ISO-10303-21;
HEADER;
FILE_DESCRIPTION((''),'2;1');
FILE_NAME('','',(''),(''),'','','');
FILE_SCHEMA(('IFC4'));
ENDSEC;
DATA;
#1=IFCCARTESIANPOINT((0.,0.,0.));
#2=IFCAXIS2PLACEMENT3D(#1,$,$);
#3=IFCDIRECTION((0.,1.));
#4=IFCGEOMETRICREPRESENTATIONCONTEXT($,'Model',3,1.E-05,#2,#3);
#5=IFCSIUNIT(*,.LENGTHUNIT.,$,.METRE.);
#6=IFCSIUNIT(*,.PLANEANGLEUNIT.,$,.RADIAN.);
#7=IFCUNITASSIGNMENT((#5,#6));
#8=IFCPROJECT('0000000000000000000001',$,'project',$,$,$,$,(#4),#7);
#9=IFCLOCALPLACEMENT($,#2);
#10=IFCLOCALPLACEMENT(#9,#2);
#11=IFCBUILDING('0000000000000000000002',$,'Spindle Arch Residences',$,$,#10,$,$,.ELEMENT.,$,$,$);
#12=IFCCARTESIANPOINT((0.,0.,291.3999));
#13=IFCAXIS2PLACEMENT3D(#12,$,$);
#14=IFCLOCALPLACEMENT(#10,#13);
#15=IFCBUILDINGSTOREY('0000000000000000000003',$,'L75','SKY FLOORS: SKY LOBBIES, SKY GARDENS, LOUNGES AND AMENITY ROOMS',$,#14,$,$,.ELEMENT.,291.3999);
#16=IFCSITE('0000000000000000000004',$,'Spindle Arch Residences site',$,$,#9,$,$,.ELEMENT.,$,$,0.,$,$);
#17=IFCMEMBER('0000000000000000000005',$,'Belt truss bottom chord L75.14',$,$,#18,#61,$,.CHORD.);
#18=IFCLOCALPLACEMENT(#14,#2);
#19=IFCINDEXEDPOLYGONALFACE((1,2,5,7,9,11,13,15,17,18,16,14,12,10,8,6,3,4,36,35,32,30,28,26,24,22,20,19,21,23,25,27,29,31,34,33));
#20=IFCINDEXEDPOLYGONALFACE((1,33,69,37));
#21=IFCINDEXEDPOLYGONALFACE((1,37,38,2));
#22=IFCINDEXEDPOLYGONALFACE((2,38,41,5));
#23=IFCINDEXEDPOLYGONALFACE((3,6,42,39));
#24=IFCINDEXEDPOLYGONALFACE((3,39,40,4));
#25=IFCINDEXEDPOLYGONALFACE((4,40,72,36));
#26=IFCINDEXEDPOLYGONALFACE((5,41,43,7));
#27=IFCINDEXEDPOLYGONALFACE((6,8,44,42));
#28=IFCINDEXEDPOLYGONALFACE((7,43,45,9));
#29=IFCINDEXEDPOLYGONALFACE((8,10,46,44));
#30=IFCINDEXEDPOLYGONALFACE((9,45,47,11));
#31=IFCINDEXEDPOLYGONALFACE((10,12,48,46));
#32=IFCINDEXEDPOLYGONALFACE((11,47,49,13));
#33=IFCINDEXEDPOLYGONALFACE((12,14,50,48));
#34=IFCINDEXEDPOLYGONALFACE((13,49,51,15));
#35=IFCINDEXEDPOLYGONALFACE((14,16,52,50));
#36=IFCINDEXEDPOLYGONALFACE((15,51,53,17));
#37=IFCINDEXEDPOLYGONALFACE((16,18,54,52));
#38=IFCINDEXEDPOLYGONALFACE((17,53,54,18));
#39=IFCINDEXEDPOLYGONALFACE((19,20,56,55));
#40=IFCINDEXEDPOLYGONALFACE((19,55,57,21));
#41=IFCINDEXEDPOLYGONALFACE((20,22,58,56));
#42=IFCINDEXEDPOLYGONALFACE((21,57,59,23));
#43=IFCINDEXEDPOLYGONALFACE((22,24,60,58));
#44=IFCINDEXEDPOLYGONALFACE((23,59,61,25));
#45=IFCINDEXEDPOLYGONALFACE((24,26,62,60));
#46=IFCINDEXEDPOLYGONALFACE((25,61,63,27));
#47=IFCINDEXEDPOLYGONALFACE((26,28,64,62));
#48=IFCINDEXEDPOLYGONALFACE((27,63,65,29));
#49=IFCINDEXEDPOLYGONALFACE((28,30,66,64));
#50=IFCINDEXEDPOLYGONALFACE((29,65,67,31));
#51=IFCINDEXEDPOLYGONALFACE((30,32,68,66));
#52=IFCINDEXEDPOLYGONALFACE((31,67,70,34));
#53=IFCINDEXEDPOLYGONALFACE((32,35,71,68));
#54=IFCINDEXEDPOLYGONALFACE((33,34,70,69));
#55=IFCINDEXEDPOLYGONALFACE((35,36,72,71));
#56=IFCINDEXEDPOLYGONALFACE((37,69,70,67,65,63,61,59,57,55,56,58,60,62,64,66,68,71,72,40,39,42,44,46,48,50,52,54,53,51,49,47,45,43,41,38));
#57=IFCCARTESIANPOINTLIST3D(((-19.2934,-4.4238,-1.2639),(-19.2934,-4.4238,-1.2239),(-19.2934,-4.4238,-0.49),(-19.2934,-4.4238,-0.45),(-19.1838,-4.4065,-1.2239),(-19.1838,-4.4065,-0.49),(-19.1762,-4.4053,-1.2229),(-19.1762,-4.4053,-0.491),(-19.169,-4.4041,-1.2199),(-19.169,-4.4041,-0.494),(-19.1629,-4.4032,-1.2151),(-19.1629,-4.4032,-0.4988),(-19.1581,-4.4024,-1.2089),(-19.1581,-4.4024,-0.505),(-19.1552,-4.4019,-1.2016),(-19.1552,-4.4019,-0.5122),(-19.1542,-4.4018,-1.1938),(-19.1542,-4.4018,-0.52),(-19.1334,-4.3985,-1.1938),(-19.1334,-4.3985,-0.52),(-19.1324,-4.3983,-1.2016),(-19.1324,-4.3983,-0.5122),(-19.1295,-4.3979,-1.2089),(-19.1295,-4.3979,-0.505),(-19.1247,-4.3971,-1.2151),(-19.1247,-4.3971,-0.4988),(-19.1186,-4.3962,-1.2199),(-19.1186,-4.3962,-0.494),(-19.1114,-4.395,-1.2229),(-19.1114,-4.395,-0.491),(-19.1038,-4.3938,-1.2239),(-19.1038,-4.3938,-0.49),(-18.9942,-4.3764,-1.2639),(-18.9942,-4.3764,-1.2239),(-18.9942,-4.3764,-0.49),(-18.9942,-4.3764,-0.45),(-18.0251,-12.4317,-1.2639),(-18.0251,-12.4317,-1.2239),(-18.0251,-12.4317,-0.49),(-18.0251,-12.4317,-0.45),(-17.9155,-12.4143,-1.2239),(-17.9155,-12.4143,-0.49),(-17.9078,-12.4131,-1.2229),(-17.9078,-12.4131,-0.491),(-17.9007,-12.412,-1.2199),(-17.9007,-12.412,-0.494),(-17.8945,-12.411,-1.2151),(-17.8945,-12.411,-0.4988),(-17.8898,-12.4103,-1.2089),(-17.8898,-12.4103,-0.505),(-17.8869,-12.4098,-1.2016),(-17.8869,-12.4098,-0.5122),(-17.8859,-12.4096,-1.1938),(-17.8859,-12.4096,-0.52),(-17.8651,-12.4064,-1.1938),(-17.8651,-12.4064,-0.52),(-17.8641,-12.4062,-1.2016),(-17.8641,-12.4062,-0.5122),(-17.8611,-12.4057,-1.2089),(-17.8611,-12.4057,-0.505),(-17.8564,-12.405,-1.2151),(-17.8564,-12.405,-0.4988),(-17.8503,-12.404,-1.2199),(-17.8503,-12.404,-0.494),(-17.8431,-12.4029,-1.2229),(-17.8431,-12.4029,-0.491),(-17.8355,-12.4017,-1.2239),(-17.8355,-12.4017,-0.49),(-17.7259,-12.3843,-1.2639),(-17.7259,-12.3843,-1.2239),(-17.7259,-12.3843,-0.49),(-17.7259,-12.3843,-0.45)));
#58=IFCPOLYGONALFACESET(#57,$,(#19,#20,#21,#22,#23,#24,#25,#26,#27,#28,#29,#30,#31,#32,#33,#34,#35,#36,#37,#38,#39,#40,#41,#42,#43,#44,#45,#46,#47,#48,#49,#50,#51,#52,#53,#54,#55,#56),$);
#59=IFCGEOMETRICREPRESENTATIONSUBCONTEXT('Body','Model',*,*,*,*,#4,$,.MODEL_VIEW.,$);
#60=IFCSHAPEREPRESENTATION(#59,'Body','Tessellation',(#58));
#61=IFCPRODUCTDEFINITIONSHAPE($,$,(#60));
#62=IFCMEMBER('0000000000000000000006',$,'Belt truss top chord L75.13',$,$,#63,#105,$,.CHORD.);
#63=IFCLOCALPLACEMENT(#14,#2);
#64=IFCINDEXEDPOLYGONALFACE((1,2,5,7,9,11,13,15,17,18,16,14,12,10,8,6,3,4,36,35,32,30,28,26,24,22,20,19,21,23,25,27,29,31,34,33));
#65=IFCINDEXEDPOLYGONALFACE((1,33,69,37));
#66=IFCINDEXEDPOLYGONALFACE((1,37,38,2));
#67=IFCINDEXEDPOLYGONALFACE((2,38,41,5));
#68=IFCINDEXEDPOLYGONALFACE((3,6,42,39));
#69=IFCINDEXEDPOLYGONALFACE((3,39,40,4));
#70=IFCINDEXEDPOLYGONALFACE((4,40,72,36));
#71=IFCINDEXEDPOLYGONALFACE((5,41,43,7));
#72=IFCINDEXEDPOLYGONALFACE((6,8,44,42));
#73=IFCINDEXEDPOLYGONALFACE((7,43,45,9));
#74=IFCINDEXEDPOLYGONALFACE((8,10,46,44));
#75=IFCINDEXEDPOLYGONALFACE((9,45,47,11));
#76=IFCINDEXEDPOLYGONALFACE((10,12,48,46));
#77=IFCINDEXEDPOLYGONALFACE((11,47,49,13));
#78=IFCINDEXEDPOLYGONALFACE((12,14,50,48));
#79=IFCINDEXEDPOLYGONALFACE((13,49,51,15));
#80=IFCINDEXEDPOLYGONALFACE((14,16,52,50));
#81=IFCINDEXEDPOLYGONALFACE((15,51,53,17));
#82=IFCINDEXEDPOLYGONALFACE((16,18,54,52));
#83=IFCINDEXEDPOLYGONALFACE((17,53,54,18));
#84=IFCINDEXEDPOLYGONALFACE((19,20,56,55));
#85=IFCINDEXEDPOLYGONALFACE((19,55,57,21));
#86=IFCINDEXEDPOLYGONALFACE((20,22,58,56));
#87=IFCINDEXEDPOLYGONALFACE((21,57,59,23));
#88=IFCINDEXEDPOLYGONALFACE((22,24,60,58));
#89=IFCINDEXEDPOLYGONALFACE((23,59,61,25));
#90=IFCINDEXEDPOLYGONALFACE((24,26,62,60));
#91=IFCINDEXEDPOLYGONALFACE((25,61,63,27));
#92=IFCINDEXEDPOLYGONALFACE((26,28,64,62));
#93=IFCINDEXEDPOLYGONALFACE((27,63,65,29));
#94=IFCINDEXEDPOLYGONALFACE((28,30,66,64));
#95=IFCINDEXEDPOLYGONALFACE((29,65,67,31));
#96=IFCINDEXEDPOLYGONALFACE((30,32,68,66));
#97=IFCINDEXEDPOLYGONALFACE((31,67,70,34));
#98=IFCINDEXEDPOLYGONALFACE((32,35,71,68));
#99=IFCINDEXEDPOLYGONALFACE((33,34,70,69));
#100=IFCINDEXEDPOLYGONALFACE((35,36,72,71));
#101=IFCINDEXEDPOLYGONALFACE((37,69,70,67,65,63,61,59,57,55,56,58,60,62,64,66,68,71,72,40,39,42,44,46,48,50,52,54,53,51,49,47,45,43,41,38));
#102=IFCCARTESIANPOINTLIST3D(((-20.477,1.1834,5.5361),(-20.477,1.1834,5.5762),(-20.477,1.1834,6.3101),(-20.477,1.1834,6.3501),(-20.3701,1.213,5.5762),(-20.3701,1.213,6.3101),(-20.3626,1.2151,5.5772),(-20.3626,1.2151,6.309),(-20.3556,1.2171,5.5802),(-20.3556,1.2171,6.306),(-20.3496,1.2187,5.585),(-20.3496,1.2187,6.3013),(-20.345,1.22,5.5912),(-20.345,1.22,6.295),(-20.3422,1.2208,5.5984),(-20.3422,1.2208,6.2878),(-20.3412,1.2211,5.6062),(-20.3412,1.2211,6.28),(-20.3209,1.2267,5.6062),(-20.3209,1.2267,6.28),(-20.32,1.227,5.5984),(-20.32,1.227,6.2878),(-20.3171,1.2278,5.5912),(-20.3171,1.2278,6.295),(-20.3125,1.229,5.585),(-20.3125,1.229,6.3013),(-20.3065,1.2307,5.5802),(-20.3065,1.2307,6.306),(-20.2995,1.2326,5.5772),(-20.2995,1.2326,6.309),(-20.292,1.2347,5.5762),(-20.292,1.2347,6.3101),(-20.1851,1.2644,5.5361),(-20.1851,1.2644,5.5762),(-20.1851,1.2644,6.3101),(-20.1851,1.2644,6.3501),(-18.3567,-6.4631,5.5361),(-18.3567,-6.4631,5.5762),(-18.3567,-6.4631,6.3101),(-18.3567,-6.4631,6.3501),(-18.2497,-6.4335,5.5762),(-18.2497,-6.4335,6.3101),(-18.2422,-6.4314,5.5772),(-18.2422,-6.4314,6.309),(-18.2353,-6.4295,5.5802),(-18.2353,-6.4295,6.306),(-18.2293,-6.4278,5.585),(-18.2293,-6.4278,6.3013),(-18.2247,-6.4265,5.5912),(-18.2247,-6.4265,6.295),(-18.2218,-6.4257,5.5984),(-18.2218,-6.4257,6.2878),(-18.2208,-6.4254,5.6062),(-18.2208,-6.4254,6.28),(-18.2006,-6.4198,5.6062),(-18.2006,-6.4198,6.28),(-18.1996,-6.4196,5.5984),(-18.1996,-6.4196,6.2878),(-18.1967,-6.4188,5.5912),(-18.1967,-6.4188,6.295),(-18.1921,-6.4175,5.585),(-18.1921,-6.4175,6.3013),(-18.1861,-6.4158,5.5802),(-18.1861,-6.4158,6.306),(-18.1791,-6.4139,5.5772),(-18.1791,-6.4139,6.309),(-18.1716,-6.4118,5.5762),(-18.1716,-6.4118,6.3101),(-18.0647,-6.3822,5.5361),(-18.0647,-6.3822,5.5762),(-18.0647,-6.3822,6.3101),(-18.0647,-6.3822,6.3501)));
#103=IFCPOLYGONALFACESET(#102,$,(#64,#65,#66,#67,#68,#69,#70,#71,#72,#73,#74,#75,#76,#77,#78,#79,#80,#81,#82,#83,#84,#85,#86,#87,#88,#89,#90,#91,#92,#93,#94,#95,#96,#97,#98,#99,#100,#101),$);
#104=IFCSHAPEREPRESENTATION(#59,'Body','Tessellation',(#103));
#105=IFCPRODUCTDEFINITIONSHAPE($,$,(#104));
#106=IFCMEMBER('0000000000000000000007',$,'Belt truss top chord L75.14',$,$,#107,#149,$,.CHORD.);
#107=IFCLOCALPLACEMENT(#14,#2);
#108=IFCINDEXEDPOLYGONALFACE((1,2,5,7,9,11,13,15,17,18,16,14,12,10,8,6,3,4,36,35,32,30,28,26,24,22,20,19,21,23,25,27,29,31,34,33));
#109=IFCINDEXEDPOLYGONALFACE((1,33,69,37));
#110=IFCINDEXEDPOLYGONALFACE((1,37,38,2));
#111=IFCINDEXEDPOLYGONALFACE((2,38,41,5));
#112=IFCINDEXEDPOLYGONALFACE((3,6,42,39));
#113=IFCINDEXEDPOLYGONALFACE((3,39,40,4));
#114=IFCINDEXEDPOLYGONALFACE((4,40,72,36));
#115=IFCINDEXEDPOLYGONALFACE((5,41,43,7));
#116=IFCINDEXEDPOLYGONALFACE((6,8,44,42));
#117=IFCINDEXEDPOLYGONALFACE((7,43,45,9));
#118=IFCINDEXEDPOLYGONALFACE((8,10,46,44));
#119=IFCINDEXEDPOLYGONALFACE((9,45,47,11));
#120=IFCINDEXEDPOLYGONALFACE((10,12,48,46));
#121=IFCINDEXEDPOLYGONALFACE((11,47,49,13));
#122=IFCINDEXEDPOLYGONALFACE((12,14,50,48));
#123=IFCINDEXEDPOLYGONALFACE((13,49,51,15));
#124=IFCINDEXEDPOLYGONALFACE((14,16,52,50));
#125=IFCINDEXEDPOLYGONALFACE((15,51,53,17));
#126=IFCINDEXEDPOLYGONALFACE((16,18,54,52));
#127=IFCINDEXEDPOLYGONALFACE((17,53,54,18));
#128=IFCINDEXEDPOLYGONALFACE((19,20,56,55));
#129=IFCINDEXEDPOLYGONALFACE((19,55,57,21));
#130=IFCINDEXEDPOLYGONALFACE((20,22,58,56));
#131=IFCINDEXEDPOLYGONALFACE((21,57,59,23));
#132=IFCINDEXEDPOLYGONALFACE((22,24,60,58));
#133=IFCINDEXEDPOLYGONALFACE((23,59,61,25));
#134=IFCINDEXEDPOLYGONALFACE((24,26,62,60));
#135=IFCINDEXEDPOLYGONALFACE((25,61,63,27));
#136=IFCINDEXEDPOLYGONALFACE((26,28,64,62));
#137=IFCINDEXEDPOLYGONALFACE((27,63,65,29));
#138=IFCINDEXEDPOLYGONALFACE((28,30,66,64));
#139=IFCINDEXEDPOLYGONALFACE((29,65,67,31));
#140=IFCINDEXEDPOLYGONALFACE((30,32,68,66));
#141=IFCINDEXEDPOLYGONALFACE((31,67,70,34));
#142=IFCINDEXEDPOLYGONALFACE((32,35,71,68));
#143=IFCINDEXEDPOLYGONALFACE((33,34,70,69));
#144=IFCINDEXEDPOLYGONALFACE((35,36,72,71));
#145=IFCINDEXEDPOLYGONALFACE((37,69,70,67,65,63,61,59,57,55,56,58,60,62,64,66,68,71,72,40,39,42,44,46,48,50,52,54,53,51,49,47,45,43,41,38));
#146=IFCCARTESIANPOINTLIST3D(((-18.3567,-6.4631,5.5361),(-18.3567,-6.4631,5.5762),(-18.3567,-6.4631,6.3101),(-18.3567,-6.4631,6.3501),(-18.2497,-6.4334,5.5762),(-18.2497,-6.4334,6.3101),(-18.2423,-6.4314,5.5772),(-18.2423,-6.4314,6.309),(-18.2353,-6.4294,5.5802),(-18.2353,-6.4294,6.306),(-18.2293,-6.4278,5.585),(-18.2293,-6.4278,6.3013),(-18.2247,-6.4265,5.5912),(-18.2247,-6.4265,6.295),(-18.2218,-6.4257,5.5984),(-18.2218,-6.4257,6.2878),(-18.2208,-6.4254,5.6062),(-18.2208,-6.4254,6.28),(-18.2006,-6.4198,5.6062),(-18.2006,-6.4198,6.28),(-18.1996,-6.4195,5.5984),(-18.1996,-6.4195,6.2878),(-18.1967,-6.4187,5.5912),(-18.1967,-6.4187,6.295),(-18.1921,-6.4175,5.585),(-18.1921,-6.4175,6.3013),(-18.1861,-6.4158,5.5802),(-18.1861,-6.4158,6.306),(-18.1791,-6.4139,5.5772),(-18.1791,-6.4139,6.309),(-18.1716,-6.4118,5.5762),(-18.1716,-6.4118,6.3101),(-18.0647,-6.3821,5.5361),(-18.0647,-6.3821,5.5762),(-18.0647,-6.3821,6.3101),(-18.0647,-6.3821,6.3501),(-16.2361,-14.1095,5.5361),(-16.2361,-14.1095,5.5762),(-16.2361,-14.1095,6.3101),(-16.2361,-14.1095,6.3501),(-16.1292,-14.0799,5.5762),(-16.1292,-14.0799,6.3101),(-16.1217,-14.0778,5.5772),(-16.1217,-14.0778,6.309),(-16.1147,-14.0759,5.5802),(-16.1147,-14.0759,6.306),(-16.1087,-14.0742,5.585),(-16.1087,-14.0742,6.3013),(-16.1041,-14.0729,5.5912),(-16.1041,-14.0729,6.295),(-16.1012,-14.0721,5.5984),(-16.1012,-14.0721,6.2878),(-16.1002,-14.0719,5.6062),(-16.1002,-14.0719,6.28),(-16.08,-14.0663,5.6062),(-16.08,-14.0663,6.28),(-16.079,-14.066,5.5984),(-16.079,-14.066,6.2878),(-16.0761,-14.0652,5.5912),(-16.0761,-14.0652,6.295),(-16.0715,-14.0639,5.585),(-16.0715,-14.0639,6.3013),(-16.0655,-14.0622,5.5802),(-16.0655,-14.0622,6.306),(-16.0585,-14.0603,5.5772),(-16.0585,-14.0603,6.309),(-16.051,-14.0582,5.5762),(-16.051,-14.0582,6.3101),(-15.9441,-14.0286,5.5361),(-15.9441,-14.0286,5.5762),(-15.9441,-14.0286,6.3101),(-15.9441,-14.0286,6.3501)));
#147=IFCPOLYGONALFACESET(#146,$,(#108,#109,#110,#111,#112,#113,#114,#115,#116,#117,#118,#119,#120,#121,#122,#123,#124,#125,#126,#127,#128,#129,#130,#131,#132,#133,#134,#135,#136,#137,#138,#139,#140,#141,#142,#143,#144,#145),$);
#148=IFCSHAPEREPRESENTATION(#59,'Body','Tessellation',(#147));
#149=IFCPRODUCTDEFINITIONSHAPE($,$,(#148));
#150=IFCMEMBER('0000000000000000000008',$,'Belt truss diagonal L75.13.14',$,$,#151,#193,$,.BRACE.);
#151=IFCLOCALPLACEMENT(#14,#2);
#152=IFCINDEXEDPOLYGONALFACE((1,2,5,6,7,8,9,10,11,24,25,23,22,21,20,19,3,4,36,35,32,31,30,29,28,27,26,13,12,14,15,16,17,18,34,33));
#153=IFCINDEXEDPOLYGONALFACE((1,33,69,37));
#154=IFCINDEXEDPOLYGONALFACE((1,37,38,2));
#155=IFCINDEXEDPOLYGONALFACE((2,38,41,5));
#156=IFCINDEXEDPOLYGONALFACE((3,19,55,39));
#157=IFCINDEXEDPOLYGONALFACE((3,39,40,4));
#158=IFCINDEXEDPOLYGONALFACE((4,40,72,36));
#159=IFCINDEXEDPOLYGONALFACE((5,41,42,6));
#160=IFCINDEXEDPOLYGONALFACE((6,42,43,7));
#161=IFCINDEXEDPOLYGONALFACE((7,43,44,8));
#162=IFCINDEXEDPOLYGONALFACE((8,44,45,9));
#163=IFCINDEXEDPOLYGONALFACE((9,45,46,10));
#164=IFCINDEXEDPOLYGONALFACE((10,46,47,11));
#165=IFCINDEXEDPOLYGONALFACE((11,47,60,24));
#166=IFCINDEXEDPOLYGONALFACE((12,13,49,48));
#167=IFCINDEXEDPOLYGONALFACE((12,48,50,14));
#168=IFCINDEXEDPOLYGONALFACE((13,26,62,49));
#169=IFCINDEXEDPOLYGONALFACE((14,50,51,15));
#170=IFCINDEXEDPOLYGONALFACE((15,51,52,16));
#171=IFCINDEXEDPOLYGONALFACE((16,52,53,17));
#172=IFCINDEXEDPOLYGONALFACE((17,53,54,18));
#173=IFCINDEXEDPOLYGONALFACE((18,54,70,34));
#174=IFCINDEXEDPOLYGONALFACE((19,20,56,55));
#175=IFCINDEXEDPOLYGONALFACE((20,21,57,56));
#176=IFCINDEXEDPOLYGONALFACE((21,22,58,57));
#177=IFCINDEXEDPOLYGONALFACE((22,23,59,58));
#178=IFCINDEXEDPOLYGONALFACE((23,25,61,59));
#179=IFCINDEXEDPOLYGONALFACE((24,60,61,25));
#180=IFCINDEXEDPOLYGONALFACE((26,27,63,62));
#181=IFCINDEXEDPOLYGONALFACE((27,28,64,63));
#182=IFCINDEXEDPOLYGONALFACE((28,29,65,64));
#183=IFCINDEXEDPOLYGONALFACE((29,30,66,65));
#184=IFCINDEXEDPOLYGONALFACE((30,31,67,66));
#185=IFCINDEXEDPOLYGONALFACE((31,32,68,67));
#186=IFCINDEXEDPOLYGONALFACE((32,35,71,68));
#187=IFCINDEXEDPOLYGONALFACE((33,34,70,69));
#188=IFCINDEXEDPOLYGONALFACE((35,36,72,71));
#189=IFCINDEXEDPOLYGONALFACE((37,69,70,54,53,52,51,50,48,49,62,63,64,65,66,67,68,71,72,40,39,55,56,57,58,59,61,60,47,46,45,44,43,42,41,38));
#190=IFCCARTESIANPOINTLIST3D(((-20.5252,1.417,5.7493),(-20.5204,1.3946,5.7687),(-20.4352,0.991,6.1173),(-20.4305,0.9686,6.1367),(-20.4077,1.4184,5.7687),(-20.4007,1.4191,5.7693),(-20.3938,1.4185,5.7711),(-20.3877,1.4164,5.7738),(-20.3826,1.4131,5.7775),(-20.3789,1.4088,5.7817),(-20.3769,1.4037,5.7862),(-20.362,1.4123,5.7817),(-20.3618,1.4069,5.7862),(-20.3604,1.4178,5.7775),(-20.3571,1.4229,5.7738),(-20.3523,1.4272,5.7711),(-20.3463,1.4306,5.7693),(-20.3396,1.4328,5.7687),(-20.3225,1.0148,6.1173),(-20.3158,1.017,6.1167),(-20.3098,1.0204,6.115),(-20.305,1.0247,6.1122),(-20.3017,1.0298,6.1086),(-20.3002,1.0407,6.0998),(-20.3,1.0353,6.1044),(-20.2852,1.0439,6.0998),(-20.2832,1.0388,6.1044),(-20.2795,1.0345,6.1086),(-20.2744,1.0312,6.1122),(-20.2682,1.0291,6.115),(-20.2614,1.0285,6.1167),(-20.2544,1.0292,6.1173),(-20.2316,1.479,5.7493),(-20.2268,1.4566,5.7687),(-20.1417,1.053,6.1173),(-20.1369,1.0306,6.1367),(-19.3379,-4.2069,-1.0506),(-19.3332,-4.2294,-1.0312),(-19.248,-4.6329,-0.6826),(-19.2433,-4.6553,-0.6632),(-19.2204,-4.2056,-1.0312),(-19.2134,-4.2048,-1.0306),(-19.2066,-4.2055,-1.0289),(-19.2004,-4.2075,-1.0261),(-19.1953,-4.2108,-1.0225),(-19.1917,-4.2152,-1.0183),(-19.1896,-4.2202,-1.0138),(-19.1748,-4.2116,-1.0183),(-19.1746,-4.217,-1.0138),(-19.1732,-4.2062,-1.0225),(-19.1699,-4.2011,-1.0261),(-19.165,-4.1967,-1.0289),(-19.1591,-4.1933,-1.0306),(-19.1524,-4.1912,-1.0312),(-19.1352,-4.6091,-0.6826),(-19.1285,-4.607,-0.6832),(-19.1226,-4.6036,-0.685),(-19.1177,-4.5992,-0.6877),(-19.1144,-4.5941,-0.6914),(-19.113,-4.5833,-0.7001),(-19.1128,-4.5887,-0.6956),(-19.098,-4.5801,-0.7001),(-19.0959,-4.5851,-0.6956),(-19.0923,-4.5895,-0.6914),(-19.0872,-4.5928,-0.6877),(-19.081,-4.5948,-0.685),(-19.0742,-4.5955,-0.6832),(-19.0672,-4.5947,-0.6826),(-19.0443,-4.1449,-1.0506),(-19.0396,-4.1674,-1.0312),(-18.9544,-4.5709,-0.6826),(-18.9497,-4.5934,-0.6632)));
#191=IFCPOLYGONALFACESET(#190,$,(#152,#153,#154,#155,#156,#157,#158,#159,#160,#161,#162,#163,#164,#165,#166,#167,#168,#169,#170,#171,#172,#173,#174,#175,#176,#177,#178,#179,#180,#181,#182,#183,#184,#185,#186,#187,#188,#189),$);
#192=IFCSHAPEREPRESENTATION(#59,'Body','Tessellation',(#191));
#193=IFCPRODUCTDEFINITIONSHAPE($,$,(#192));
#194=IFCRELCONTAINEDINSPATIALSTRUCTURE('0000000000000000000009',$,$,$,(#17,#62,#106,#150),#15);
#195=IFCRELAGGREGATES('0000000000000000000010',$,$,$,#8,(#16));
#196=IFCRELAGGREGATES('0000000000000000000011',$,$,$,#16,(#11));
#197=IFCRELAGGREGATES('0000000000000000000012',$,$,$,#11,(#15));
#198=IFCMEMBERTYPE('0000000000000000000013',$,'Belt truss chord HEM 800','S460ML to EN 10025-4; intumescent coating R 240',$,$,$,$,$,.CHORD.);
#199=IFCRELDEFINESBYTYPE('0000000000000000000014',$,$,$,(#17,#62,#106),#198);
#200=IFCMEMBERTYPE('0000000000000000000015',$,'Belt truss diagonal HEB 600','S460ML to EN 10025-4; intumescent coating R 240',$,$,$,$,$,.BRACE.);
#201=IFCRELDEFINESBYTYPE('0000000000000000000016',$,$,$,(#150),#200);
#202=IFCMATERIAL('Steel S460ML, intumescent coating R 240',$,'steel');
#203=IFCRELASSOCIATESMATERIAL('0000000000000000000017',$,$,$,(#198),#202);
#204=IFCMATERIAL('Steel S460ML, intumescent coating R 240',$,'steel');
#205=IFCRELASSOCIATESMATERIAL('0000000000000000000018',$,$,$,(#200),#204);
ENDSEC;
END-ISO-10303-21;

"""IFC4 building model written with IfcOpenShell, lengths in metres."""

from ifc_helpers import new_model, si_unit, direction, frame, origin, origin_2d, place, context, subcontext, project, spatial, i_section, extrude, material, material_profile, profile_set, type_object, element, save


model = new_model("IFC4")

# Units and contexts
model_context = context("Model", 3, precision=1e-05, world=origin(), true_north=direction((0.0, 1.0)))
body_context = subcontext(model_context, "Body", "Model", "MODEL_VIEW")
ifc_project = project(units=[si_unit("LENGTHUNIT", "METRE"), si_unit("PLANEANGLEUNIT", "RADIAN")], contexts=[model_context])

# Site, building, storey
site_placement = place(None, origin())
site = spatial("IfcSite", under=ifc_project, at=site_placement, Name="Spindle Arch Residences site", CompositionType="ELEMENT", RefElevation=0.0)
building_placement = place(site_placement, origin())
building = spatial("IfcBuilding", under=site, at=building_placement, Name="Spindle Arch Residences", CompositionType="ELEMENT")
storey_placement = place(building_placement, frame((0.0, 0.0, 291.3999)))
storey = spatial("IfcBuildingStorey", under=building, at=storey_placement, Name="L75", Description="SKY FLOORS: SKY LOBBIES, SKY GARDENS, LOUNGES AND AMENITY ROOMS", CompositionType="ELEMENT", Elevation=291.3999)

# Members
ifc_material_1 = material(Name="Steel S460ML, intumescent coating R 240", Category="steel")
ifc_material_profile_1 = material_profile(ifc_material_1, i_section(OverallWidth=0.303, OverallDepth=0.814, WebThickness=0.021, FlangeThickness=0.04, FilletRadius=0.03, at=origin_2d()), Name="HEM 800")
ifc_profile_set_1 = profile_set([ifc_material_profile_1], Name="Steel S460ML, intumescent coating R 240")
member_type_1 = type_object("IfcMemberType", Name="Belt truss chord HEM 800", Description="S460ML to EN 10025-4; intumescent coating R 240", PredefinedType="CHORD", material=ifc_profile_set_1)
member_1_placement = place(storey_placement, frame((-19.1438, -4.4001, -0.8569), z_axis=(0.156434, -0.987688, 0.0), x_axis=(0.987688, 0.156434, 0.0)))
element("IfcMember", 1, at=member_1_placement, inside=storey, type_object=member_type_1, Name="Belt truss bottom chord L75.14", PredefinedType="CHORD", context=body_context, shape_type="SweptSolid", body=[
    extrude(i_section(OverallWidth=0.303, OverallDepth=0.814, WebThickness=0.021, FlangeThickness=0.04, FilletRadius=0.03, at=origin_2d()), origin(), (0.0, 0.0, 1.0), 8.1077),
])
for number, where, z_axis, x_axis, name in (
    (2, (-20.3311, 1.2239, 5.9431), (0.267215, -0.963637, 0.0), (0.963637, 0.267215, 0.0), "Belt truss top chord L75.13"),
    (3, (-18.2107, -6.4226, 5.9431), (0.267244, -0.963629, 0.0), (0.963629, 0.267244, 0.0), "Belt truss top chord L75.14"),
):
    element("IfcMember", number, at=place(storey_placement, frame(where, z_axis=z_axis, x_axis=x_axis)), inside=storey, type_object=member_type_1, Name=name, PredefinedType="CHORD", context=body_context, shape_type="SweptSolid", body=[
        extrude(i_section(OverallWidth=0.303, OverallDepth=0.814, WebThickness=0.021, FlangeThickness=0.04, FilletRadius=0.03, at=origin_2d()), origin(), (0.0, 0.0, 1.0), 7.9351),
    ])
ifc_material_2 = material(Name="Steel S460ML, intumescent coating R 240", Category="steel")
ifc_material_profile_2 = material_profile(ifc_material_2, i_section(OverallWidth=0.3, OverallDepth=0.6001, WebThickness=0.0154, FlangeThickness=0.03, FilletRadius=0.0271, at=origin_2d()), Name="HEB 600")
ifc_profile_set_2 = profile_set([ifc_material_profile_2], Name="Steel S460ML, intumescent coating R 240")
member_type_2 = type_object("IfcMemberType", Name="Belt truss diagonal HEB 600", Description="S460ML to EN 10025-4; intumescent coating R 240", PredefinedType="BRACE", material=ifc_profile_set_2)
member_2_placement = place(storey_placement, frame((-19.1438, -4.4001, -0.8569), z_axis=(-0.133341, 0.631634, 0.763714), x_axis=(-0.978436, -0.206552, 0.0)))
element("IfcMember", 4, at=member_2_placement, inside=storey, type_object=member_type_2, Name="Belt truss diagonal L75.13.14", PredefinedType="BRACE", context=body_context, shape_type="SweptSolid", body=[
    extrude(i_section(OverallWidth=0.3, OverallDepth=0.6001, WebThickness=0.0154, FlangeThickness=0.03, FilletRadius=0.0271, at=origin_2d()), origin(), (0.0, 0.0, 1.0), 8.9038),
])

save(model, "model.ifc")
